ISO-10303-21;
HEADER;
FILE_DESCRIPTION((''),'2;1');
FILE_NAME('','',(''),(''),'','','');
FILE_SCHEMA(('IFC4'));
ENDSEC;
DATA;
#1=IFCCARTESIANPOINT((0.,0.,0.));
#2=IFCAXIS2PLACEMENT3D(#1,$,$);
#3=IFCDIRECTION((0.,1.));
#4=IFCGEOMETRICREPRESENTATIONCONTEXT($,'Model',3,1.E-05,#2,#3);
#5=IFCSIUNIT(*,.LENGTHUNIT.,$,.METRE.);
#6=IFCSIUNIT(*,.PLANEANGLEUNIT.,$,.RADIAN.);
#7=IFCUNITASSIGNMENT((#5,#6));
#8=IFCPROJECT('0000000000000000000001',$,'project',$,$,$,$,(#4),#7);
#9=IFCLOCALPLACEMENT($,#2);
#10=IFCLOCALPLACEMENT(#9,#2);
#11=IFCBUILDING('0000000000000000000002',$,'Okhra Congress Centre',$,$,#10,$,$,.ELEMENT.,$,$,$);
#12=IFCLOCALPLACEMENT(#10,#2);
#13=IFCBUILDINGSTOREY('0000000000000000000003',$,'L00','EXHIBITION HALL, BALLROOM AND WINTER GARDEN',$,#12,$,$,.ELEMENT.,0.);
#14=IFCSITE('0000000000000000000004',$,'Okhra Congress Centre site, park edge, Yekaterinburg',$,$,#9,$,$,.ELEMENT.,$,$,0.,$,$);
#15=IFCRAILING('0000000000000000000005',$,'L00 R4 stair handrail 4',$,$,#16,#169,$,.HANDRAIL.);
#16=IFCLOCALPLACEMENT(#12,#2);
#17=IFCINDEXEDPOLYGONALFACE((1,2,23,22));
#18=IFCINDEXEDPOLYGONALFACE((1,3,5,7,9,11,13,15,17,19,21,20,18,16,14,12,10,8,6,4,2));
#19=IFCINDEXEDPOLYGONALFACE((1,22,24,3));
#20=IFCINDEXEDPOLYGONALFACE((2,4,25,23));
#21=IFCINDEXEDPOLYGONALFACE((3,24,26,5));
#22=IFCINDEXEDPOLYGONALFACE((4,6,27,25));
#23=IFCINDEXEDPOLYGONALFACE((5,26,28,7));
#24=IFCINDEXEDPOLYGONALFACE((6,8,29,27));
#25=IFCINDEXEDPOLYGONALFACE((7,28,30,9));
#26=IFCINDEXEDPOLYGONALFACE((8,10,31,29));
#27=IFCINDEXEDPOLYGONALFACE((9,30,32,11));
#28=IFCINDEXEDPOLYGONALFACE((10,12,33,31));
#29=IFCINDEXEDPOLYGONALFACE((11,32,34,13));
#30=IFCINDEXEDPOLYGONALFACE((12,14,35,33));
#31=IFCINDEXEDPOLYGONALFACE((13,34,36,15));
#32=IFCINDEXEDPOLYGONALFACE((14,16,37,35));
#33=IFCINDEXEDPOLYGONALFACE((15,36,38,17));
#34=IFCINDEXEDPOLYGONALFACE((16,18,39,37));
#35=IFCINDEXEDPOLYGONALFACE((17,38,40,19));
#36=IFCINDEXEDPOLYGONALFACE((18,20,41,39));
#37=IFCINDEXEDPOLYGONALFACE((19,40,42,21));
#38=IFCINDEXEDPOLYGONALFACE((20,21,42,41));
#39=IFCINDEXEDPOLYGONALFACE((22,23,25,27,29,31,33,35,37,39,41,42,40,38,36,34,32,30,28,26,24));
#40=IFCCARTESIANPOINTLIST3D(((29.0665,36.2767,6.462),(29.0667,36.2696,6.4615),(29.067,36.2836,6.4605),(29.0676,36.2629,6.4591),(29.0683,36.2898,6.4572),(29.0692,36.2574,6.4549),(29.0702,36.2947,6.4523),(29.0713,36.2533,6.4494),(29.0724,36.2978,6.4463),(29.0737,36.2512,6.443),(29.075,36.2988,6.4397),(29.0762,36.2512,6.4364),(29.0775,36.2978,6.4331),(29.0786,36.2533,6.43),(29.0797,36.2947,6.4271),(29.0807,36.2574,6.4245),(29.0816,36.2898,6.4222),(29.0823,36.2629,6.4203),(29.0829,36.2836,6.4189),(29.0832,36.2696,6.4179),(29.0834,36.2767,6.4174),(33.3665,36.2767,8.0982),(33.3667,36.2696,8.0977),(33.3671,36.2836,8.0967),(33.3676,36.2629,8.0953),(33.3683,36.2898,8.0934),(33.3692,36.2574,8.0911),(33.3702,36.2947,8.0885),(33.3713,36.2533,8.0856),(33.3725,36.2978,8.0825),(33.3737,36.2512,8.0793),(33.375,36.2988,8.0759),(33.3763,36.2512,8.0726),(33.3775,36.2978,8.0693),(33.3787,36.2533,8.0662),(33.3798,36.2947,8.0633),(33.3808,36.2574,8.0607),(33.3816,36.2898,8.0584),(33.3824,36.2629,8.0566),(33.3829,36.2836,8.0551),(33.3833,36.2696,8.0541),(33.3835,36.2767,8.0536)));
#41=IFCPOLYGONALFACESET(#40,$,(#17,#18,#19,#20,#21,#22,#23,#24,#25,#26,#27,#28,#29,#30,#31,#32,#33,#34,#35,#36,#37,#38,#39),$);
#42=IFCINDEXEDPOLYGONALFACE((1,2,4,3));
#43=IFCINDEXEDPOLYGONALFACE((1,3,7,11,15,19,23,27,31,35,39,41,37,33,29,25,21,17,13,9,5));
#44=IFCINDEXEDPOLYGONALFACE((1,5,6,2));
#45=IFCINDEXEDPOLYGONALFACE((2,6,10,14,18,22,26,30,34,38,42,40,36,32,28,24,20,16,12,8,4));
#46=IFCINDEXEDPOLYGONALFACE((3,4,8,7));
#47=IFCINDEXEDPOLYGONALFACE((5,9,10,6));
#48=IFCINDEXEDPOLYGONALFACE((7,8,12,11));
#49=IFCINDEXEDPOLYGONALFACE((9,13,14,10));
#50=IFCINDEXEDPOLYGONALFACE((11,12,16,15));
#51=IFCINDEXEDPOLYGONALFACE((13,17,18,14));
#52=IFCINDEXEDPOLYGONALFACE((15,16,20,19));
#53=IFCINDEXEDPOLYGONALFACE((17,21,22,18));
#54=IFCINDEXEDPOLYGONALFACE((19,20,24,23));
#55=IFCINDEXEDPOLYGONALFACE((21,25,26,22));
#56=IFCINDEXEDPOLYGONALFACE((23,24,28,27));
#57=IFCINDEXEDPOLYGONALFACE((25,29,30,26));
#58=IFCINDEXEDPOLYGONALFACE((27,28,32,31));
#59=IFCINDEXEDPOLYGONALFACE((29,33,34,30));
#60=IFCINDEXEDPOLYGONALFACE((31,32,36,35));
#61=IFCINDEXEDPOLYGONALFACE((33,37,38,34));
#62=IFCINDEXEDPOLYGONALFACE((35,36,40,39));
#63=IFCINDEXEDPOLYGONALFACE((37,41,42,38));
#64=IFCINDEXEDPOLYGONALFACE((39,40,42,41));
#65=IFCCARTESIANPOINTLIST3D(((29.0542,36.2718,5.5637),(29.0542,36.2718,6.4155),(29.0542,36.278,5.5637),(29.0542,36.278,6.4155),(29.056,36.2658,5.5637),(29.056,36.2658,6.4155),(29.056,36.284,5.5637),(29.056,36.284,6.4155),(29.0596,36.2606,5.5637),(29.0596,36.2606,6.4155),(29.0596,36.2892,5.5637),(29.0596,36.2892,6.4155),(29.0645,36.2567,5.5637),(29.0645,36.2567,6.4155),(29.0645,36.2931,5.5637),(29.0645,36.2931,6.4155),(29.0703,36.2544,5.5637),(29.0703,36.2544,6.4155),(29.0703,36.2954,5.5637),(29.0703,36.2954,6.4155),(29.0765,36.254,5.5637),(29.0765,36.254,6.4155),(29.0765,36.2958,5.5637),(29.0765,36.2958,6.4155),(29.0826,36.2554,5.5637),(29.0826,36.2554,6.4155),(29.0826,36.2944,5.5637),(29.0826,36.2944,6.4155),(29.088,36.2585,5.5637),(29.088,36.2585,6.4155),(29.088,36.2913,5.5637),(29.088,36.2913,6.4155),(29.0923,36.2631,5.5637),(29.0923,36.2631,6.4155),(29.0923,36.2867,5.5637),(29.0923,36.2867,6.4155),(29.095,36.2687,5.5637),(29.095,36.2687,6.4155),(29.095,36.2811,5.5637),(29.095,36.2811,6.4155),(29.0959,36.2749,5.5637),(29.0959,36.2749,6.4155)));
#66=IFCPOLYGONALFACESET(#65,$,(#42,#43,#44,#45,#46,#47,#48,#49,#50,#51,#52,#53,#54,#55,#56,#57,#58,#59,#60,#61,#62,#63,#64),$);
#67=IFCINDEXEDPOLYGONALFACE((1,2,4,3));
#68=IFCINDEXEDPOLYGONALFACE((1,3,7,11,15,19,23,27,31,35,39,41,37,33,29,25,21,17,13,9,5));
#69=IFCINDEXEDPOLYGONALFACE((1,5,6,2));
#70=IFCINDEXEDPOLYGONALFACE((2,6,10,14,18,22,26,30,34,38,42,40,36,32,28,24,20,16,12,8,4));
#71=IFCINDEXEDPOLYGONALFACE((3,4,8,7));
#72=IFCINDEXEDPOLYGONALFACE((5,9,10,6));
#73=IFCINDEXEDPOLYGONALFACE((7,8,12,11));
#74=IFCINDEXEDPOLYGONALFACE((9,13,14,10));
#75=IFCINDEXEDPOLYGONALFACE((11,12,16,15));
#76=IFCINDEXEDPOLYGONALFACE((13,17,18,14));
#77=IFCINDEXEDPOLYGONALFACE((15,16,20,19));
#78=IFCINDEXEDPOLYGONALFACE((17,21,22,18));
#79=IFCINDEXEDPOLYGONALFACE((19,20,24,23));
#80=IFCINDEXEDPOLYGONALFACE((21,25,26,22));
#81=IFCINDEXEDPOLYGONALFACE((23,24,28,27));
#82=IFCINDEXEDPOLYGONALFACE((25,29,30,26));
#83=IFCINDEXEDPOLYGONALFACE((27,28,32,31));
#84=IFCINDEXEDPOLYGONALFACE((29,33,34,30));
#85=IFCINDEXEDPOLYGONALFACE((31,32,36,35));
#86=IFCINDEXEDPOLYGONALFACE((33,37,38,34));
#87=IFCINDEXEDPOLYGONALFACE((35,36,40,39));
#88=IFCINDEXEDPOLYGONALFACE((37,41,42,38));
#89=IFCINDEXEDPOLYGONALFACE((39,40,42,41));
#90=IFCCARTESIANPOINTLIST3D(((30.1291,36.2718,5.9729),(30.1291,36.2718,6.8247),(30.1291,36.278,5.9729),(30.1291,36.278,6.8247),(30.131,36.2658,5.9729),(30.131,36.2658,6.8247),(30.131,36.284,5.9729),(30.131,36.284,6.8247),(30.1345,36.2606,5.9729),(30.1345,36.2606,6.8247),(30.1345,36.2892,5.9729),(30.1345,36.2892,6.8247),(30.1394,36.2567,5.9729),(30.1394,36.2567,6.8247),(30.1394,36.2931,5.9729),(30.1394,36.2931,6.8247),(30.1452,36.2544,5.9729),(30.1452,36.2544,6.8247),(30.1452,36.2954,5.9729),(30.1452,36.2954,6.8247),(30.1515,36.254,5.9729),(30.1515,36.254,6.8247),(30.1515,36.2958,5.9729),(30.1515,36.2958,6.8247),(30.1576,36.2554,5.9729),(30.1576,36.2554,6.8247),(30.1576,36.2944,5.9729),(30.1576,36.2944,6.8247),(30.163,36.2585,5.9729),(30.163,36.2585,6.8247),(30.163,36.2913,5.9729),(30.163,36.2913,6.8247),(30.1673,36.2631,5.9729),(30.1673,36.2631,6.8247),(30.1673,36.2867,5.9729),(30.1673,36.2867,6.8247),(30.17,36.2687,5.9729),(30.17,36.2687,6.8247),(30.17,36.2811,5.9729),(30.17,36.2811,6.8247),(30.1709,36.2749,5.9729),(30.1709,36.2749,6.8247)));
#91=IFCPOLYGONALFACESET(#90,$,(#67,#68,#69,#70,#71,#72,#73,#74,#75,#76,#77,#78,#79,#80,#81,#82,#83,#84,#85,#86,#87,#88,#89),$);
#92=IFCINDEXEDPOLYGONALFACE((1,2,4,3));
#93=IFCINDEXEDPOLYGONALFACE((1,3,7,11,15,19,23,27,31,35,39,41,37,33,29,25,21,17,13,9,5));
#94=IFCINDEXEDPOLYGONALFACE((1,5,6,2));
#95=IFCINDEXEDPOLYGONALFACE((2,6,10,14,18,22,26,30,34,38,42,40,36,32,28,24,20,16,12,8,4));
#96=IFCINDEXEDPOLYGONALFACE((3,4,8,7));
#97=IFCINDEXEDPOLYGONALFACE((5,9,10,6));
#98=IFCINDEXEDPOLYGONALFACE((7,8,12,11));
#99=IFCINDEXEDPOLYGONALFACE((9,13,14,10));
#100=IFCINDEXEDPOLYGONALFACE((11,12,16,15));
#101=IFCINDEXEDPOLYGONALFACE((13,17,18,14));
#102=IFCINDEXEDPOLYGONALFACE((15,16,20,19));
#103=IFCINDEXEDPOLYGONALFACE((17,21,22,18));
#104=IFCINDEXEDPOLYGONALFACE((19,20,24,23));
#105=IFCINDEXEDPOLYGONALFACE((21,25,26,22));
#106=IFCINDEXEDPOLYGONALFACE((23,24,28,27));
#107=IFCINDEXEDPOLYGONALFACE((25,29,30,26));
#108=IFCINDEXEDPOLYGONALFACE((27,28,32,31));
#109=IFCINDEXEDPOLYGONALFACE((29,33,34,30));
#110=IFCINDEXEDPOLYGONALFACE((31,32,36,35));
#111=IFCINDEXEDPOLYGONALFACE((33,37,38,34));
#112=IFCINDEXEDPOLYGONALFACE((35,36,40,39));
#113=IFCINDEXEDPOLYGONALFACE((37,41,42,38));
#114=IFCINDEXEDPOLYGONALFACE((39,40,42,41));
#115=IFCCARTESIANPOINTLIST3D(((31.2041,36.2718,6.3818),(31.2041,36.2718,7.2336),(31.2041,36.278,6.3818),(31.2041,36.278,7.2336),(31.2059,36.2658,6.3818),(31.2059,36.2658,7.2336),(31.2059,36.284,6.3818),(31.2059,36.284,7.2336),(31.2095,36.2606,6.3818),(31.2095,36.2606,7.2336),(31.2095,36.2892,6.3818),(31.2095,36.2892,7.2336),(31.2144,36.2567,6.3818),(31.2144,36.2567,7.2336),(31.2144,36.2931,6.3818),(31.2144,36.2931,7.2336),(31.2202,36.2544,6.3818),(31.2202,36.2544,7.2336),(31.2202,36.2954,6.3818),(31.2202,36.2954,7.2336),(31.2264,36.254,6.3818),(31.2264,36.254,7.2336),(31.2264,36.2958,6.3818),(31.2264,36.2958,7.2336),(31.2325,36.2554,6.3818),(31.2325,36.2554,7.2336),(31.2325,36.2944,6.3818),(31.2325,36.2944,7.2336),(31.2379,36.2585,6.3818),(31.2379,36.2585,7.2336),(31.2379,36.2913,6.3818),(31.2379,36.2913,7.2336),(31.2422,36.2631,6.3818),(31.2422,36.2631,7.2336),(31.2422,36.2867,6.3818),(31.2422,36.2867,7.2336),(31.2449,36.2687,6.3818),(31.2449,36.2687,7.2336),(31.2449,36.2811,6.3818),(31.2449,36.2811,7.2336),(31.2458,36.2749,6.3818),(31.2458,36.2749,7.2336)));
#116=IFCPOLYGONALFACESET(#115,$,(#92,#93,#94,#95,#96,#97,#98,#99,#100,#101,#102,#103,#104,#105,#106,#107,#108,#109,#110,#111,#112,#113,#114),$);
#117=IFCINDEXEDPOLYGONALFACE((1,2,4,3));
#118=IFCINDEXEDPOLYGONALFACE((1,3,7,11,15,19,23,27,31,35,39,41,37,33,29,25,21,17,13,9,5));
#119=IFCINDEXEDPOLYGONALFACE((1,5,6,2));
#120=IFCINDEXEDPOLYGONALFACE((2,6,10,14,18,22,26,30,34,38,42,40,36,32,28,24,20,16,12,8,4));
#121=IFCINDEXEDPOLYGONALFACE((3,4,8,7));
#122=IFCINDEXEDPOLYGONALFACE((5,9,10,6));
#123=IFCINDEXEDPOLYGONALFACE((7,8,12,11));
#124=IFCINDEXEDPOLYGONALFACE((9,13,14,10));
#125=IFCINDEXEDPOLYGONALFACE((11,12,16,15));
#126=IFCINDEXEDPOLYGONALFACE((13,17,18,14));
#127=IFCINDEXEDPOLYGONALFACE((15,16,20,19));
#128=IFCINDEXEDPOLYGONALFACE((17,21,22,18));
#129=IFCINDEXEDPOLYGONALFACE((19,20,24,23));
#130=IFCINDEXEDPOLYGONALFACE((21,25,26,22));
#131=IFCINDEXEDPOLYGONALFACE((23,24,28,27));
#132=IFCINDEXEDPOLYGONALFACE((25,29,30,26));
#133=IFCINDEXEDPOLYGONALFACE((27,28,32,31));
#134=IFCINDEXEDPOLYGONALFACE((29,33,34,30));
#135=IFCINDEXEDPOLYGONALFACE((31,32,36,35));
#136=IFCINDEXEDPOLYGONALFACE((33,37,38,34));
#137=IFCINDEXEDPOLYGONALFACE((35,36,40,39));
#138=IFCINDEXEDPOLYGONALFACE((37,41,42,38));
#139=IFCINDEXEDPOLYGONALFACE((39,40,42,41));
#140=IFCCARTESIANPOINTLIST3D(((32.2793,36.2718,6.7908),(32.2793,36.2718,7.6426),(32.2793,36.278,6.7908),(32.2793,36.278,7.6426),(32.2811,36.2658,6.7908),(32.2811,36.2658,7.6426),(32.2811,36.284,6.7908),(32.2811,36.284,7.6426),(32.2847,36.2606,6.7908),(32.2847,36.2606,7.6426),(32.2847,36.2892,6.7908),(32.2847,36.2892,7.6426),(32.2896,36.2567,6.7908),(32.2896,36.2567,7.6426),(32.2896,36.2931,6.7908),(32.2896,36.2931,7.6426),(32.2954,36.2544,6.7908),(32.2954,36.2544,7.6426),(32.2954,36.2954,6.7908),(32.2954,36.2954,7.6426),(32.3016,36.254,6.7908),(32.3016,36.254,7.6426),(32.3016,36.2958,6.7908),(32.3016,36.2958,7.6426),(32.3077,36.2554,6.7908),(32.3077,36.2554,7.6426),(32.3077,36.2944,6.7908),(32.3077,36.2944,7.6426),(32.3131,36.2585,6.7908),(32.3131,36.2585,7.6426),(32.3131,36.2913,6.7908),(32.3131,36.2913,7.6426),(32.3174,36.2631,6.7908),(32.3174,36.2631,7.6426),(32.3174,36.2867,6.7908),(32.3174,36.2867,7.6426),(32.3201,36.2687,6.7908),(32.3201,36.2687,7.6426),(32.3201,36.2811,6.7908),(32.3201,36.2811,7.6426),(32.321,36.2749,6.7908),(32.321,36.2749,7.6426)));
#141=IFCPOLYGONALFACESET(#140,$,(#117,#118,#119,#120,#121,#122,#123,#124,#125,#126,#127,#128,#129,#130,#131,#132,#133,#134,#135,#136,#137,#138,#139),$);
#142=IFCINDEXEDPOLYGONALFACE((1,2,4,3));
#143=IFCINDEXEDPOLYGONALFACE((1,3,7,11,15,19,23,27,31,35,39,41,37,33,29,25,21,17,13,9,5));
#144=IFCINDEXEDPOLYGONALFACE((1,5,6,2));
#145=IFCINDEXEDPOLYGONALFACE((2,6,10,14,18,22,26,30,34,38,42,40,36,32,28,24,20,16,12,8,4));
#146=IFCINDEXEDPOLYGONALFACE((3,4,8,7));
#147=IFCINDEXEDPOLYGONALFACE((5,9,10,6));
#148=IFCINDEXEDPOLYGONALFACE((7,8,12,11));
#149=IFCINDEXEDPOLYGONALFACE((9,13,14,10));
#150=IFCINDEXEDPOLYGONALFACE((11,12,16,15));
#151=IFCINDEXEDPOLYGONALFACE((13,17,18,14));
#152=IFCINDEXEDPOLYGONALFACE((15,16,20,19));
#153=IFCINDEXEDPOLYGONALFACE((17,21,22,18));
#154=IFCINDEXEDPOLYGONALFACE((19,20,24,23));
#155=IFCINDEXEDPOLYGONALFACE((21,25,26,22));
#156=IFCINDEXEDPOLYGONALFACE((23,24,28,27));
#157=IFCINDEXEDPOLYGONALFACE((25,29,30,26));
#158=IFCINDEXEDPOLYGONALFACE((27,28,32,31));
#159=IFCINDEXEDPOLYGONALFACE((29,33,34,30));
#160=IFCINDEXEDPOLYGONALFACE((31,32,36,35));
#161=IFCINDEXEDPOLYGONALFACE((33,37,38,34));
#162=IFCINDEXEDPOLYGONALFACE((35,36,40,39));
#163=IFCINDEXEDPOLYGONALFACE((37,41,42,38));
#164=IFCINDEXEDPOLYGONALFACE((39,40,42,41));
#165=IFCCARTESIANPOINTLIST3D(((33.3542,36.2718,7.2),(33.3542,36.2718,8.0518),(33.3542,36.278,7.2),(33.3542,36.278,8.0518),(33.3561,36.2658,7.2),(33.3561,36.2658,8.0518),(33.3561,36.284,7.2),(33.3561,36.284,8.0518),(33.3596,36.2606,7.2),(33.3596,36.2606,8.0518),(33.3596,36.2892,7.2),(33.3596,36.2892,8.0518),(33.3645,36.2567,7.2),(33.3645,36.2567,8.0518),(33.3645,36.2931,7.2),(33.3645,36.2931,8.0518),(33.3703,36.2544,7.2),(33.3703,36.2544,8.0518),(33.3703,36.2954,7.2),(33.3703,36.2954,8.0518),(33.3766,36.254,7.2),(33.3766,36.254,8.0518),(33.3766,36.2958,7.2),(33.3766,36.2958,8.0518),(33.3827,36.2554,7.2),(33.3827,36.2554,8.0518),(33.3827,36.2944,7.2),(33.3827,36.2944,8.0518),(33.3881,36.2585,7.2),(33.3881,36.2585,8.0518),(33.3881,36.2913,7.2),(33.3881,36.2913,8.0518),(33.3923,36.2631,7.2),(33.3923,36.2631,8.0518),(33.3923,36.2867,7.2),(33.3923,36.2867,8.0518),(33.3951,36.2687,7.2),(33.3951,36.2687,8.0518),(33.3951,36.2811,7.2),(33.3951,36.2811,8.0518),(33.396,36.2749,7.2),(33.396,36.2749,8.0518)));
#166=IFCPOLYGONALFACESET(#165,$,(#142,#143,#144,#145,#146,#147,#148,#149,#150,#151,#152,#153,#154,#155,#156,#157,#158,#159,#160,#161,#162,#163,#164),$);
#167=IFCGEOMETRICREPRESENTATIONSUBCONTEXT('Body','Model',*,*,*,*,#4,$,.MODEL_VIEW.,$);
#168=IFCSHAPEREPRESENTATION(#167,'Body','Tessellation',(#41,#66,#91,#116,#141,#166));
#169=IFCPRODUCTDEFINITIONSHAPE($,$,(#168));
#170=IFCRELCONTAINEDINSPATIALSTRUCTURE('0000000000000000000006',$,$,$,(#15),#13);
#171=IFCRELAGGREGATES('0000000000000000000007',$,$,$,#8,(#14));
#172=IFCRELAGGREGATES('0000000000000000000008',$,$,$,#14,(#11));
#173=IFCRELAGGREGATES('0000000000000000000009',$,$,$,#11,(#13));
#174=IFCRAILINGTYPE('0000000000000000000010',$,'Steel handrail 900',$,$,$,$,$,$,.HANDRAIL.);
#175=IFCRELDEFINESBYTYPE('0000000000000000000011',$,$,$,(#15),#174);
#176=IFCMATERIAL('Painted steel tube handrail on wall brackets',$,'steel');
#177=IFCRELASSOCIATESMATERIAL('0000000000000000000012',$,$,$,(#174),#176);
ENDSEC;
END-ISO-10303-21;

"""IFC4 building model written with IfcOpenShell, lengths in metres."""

from ifc_helpers import new_model, si_unit, direction, frame, origin, origin_2d, place, context, subcontext, project, spatial, circle, extrude, material, type_object, element, save


model = new_model("IFC4")

# Units and contexts
model_context = context("Model", 3, precision=1e-05, world=origin(), true_north=direction((0.0, 1.0)))
body_context = subcontext(model_context, "Body", "Model", "MODEL_VIEW")
ifc_project = project(units=[si_unit("LENGTHUNIT", "METRE"), si_unit("PLANEANGLEUNIT", "RADIAN")], contexts=[model_context])

# Site, building, storey
site_placement = place(None, origin())
site = spatial("IfcSite", under=ifc_project, at=site_placement, Name="Okhra Congress Centre site, park edge, Yekaterinburg", CompositionType="ELEMENT", RefElevation=0.0)
building_placement = place(site_placement, origin())
building = spatial("IfcBuilding", under=site, at=building_placement, Name="Okhra Congress Centre", CompositionType="ELEMENT")
storey_placement = place(building_placement, origin())
storey = spatial("IfcBuildingStorey", under=building, at=storey_placement, Name="L00", Description="EXHIBITION HALL, BALLROOM AND WINTER GARDEN", CompositionType="ELEMENT", Elevation=0.0)

# Railing
ifc_material_1 = material(Name="Painted steel tube handrail on wall brackets", Category="steel")
railing_type_1 = type_object("IfcRailingType", Name="Steel handrail 900", PredefinedType="HANDRAIL", material=ifc_material_1)
railing_1_placement = place(storey_placement, frame((29.075, 36.2749, 5.5637)))
element("IfcRailing", 1, at=railing_1_placement, inside=storey, type_object=railing_type_1, Name="L00 R4 stair handrail 4", PredefinedType="HANDRAIL", context=body_context, shape_type="SweptSolid", body=[
    extrude(circle(Radius=0.0239, at=origin_2d()), frame((0.0, 0.0, 0.876), z_axis=(0.934624, 0.0, 0.355638), x_axis=(0.0, 1.0, 0.0)), (0.0, 0.0, 1.0), 4.6008),
    extrude(circle(Radius=0.021, at=origin_2d()), origin(), (0.0, 0.0, 1.0), 0.8518),
    extrude(circle(Radius=0.021, at=origin_2d()), frame((1.075, 0.0, 0.4092)), (0.0, 0.0, 1.0), 0.8518),
    extrude(circle(Radius=0.021, at=origin_2d()), frame((2.1499, 0.0, 0.8181)), (0.0, 0.0, 1.0), 0.8518),
    extrude(circle(Radius=0.021, at=origin_2d()), frame((3.2251, 0.0, 1.2271)), (0.0, 0.0, 1.0), 0.8518),
    extrude(circle(Radius=0.021, at=origin_2d()), frame((4.3, 0.0, 1.6362)), (0.0, 0.0, 1.0), 0.8518),
])

save(model, "model.ifc")
